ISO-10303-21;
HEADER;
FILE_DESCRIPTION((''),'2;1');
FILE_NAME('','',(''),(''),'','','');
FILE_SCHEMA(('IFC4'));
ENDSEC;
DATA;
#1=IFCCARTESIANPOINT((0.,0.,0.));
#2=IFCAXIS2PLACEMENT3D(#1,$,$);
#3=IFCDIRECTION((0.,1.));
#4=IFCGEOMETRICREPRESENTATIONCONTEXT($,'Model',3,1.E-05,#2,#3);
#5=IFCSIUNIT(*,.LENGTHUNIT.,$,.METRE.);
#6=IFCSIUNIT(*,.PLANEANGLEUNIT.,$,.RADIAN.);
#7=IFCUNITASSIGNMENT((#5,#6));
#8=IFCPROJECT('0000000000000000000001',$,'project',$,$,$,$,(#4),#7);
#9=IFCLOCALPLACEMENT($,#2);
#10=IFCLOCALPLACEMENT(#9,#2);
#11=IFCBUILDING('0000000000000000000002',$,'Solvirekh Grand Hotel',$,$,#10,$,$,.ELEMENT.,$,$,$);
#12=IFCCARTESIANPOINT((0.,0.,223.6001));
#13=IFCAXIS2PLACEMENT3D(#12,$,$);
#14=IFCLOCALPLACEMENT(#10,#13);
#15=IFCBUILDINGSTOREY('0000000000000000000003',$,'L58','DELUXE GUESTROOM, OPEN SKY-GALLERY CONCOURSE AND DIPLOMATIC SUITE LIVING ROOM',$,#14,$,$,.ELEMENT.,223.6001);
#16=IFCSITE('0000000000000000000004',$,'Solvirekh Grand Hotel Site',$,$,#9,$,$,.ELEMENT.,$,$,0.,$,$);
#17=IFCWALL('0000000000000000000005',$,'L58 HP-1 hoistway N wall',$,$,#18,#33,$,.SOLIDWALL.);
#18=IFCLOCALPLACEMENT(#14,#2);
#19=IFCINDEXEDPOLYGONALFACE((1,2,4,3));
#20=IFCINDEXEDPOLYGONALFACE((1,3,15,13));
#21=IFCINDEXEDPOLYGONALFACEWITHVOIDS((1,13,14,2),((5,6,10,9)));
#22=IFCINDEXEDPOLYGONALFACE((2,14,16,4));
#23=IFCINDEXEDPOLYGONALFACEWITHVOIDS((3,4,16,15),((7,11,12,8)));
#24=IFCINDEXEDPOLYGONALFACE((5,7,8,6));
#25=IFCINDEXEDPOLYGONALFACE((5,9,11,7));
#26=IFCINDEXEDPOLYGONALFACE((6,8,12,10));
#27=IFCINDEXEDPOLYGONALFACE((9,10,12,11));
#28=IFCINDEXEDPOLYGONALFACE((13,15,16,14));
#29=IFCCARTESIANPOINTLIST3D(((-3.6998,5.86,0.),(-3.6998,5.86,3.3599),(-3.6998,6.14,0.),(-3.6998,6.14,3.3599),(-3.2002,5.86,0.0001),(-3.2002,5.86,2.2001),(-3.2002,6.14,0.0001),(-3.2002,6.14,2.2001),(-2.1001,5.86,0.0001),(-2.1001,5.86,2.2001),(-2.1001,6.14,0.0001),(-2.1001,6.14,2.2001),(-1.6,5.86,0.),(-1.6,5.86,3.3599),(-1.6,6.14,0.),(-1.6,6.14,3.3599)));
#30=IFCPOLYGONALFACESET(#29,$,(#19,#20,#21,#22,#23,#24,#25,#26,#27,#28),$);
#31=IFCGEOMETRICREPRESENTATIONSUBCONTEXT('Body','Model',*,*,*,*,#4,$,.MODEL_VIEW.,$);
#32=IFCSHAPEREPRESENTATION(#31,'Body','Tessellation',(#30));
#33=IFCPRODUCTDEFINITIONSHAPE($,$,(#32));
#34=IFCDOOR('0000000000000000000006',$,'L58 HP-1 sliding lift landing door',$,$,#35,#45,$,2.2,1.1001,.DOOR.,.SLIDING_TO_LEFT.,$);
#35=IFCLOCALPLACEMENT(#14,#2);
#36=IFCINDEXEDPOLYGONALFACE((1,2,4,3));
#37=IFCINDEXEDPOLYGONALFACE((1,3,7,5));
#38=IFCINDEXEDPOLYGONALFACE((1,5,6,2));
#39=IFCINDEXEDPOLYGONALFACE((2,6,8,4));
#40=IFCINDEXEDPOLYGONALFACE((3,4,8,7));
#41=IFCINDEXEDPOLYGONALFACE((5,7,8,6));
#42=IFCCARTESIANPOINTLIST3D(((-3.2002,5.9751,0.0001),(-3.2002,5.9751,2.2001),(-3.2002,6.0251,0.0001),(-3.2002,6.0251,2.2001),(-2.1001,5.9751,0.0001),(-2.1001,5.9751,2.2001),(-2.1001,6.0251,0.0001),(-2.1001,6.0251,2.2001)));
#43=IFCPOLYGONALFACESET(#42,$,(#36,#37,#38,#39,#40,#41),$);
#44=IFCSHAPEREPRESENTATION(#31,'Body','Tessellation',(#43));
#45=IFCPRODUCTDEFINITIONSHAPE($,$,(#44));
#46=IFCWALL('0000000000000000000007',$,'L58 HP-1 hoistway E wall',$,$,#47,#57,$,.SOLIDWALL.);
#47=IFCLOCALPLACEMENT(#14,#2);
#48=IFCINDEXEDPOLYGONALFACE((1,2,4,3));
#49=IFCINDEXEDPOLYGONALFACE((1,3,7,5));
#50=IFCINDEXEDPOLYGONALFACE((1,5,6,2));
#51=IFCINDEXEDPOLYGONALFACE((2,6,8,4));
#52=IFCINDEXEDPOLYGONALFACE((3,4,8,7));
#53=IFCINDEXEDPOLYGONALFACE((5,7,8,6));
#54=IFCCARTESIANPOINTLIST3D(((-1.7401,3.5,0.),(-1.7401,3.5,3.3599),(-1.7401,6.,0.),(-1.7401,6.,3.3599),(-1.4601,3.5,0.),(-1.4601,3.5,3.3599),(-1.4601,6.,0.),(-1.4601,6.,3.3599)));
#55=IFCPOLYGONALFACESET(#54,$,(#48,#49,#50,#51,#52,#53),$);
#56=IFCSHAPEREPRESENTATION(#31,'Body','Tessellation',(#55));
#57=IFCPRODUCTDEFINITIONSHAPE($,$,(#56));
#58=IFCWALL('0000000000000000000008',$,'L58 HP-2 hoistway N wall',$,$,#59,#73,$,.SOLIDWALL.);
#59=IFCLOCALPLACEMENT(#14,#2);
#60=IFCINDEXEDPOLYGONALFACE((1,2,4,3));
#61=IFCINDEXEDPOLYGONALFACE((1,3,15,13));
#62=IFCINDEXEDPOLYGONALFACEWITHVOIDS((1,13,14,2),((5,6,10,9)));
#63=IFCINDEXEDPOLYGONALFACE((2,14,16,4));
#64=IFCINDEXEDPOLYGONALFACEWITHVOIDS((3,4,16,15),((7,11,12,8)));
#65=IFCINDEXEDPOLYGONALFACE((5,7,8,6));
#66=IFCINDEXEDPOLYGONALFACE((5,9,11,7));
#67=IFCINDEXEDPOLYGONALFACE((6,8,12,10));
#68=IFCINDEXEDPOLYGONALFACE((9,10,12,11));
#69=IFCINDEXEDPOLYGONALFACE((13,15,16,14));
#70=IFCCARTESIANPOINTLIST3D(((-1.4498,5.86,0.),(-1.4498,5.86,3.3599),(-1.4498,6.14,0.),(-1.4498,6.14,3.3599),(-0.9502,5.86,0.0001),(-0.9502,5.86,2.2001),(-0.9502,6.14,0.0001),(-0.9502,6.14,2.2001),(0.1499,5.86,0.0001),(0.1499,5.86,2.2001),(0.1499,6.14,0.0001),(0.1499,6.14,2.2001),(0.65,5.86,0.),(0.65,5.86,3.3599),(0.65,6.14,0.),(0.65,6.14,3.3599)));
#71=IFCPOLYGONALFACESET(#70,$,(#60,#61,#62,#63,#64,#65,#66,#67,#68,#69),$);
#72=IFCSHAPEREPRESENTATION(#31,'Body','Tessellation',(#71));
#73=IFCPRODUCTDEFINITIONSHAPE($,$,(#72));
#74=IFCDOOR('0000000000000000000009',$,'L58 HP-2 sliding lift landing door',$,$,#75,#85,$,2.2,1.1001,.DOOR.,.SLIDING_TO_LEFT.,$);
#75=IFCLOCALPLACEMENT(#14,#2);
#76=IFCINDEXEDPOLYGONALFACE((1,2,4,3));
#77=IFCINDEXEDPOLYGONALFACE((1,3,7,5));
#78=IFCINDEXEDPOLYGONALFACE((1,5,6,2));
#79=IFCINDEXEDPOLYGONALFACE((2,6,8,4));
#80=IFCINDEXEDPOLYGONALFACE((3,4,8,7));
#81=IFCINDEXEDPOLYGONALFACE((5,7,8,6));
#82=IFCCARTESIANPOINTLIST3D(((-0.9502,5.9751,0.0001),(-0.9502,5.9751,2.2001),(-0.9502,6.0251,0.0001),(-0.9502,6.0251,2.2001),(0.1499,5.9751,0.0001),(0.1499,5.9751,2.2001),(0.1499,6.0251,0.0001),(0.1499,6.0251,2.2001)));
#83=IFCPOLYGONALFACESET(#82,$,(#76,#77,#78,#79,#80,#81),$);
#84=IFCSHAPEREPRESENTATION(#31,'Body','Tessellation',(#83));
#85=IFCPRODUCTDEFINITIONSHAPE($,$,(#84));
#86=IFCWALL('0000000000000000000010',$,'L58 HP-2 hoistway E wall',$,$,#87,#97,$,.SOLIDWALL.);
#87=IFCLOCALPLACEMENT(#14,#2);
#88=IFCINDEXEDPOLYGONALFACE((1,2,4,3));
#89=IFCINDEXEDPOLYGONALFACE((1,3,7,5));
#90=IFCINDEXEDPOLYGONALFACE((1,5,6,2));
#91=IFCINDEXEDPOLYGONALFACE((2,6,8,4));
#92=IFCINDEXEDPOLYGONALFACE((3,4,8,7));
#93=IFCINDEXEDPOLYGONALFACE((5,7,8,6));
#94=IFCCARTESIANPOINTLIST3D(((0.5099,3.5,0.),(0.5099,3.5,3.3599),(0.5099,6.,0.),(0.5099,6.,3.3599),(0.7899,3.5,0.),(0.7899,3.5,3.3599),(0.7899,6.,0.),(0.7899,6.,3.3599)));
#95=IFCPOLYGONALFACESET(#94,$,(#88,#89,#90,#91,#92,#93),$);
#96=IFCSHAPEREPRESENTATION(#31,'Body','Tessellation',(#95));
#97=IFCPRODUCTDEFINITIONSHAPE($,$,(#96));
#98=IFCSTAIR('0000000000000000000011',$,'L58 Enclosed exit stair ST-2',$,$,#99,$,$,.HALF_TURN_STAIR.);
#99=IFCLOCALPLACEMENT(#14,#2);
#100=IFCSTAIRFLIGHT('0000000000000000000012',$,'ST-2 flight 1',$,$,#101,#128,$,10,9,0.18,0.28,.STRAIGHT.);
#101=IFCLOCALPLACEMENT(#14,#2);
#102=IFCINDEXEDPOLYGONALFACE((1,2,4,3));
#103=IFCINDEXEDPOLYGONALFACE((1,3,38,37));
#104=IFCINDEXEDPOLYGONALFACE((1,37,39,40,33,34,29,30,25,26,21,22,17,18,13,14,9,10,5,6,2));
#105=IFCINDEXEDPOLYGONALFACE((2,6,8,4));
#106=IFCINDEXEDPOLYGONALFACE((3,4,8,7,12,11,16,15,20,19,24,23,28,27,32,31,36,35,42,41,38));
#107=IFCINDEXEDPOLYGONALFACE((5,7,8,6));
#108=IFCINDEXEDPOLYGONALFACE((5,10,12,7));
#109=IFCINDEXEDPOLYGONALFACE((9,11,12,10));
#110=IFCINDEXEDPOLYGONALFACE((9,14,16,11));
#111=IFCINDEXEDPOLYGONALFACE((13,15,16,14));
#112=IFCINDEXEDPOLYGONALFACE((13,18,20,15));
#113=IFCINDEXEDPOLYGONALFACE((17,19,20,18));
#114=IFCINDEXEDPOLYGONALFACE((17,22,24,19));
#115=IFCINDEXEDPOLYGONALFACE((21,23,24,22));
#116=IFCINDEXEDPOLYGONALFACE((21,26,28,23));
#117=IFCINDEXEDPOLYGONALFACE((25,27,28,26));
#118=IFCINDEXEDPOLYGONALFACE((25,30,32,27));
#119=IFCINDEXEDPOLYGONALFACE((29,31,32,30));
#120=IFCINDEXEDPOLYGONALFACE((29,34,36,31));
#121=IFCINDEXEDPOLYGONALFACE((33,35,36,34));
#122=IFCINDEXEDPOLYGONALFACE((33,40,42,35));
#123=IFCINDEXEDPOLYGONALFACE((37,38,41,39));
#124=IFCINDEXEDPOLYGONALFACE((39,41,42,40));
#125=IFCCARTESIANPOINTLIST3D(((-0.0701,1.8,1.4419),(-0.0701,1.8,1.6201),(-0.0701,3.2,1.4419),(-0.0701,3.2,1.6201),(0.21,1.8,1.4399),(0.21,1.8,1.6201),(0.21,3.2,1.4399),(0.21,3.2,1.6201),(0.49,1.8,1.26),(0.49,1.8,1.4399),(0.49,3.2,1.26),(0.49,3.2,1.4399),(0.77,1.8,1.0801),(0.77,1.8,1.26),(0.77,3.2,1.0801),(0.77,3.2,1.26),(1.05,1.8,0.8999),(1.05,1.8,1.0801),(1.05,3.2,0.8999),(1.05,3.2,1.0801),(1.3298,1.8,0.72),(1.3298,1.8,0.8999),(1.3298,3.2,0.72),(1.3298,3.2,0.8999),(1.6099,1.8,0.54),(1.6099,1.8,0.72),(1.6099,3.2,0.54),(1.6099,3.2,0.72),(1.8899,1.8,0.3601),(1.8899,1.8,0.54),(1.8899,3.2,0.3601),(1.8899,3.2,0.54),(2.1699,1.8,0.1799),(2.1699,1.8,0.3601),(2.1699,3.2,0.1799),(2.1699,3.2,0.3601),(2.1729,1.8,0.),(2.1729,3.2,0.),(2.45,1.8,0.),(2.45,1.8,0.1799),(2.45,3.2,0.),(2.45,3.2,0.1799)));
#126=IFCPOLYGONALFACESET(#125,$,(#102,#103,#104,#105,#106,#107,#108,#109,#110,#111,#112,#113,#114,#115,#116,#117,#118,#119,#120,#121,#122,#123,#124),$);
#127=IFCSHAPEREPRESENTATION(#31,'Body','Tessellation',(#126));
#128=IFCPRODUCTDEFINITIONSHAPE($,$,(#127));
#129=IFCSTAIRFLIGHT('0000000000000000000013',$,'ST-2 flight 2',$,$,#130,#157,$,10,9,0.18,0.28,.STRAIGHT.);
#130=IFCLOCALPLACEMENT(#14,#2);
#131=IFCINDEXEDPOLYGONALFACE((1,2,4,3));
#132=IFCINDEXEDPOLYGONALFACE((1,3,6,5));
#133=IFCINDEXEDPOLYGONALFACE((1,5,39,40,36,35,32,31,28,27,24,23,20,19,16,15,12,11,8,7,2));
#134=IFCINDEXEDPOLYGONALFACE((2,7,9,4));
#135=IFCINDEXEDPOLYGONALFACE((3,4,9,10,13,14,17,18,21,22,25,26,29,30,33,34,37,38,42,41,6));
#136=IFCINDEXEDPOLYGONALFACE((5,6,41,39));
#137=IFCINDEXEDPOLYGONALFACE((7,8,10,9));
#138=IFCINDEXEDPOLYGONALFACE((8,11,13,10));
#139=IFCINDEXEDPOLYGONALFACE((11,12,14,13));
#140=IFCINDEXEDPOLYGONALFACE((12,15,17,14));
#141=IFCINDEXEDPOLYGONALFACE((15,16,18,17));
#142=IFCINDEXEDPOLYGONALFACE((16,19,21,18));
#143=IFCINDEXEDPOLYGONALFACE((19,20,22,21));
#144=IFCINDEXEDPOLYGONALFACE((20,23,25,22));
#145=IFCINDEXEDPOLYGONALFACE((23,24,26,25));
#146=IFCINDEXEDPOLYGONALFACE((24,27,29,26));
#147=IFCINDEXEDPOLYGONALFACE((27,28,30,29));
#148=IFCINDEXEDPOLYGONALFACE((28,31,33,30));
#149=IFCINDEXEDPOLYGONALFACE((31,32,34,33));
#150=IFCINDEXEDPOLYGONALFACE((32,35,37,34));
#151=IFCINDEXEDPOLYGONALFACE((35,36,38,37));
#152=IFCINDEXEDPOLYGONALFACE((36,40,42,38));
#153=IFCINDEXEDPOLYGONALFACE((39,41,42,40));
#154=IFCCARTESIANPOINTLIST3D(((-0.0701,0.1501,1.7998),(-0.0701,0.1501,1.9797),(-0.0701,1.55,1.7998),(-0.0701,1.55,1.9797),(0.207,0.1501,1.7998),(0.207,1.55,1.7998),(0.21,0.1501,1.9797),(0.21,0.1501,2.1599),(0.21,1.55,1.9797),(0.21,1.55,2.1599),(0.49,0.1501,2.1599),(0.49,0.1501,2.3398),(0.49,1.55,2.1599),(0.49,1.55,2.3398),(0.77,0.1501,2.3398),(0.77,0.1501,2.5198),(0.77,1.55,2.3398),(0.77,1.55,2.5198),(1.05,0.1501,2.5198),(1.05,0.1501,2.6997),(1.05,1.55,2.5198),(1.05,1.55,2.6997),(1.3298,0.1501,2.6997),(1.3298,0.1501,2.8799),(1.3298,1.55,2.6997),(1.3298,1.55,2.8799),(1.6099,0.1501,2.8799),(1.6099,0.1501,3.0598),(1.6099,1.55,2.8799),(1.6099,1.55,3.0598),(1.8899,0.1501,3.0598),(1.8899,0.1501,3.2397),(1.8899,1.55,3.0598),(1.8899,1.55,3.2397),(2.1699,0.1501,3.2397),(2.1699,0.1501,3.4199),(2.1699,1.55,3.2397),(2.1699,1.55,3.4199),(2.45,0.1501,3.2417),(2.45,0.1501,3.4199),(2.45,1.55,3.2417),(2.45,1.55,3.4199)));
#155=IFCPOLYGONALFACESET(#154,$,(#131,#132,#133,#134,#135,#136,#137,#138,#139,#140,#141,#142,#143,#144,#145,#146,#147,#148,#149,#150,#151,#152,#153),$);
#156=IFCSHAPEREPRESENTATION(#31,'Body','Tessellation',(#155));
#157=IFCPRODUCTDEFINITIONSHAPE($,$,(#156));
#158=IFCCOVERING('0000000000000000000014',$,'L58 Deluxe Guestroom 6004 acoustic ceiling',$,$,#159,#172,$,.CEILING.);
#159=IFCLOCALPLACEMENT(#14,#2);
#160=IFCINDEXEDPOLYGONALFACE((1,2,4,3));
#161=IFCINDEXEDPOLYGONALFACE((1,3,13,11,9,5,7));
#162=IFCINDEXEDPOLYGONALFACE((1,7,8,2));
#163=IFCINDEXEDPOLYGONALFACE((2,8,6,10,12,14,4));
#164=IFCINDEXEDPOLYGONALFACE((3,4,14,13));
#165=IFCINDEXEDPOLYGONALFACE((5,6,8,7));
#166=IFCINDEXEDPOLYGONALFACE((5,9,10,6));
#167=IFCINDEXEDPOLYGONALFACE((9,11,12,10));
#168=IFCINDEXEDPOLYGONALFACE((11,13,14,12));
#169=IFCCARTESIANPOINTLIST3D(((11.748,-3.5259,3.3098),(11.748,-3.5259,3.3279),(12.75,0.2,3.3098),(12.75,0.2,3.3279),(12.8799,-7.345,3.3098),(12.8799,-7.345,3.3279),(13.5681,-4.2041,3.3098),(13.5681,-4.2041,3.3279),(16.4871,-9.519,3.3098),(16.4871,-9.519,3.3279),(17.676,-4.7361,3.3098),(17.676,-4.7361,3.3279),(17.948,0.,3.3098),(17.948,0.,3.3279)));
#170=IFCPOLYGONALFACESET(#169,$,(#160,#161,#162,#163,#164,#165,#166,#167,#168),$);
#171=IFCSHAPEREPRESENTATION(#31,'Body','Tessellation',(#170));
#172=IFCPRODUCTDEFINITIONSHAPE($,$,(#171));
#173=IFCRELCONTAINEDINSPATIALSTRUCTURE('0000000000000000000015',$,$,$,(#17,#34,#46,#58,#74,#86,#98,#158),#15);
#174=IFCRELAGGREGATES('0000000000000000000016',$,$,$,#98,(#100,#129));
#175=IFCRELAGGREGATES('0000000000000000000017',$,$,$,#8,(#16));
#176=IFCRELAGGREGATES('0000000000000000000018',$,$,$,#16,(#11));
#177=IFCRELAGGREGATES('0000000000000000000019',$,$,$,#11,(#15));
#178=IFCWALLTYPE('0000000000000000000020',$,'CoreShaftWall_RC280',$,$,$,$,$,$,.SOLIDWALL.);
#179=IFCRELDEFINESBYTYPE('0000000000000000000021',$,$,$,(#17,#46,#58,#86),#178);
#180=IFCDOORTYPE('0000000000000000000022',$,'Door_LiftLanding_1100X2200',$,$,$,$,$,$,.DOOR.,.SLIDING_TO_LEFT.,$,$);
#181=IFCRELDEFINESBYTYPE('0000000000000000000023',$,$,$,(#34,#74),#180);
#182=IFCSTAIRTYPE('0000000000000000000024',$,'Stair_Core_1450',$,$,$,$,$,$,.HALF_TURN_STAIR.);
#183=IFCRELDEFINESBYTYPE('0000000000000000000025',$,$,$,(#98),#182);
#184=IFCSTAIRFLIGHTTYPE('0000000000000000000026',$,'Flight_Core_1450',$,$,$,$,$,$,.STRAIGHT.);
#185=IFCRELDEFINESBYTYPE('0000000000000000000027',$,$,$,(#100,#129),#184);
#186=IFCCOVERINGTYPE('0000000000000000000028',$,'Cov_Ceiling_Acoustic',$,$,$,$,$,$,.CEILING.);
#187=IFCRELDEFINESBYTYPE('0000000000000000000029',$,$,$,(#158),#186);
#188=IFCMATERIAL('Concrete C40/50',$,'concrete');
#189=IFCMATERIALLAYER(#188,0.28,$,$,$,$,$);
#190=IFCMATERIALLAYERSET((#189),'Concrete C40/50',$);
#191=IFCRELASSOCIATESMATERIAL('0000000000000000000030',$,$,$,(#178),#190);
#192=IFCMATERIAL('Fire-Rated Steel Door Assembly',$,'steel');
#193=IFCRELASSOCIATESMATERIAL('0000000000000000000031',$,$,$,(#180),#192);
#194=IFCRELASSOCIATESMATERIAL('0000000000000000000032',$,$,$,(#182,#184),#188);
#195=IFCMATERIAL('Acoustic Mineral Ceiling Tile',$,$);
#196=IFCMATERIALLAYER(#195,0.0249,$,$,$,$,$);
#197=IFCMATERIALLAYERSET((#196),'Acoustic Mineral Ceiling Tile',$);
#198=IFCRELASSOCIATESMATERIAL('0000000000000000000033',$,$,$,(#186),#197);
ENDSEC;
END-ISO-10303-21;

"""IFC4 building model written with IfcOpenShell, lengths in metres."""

from ifc_helpers import new_model, si_unit, direction, frame, frame_2d, origin, place, context, subcontext, project, spatial, polyline, rectangle, outline, extrude, material, layer, layer_set, type_object, element, fill, aggregate, save


model = new_model("IFC4")

# Units and contexts
model_context = context("Model", 3, precision=1e-05, world=origin(), true_north=direction((0.0, 1.0)))
body_context = subcontext(model_context, "Body", "Model", "MODEL_VIEW")
ifc_project = project(units=[si_unit("LENGTHUNIT", "METRE"), si_unit("PLANEANGLEUNIT", "RADIAN")], contexts=[model_context])

# Site, building, storey
site_placement = place(None, origin())
site = spatial("IfcSite", under=ifc_project, at=site_placement, Name="Solvirekh Grand Hotel Site", CompositionType="ELEMENT", RefElevation=0.0)
building_placement = place(site_placement, origin())
building = spatial("IfcBuilding", under=site, at=building_placement, Name="Solvirekh Grand Hotel", CompositionType="ELEMENT")
storey_placement = place(building_placement, frame((0.0, 0.0, 223.6001)))
storey = spatial("IfcBuildingStorey", under=building, at=storey_placement, Name="L58", Description="DELUXE GUESTROOM, OPEN SKY-GALLERY CONCOURSE AND DIPLOMATIC SUITE LIVING ROOM", CompositionType="ELEMENT", Elevation=223.6001)

# Wall, opening, door
ifc_material_1 = material(Name="Concrete C40/50", Category="concrete")
ifc_layer_1 = layer(ifc_material_1, 0.28)
ifc_layer_set_1 = layer_set([ifc_layer_1], Name="Concrete C40/50")
wall_type = type_object("IfcWallType", Name="CoreShaftWall_RC280", PredefinedType="SOLIDWALL", material=ifc_layer_set_1)
wall_1_placement = place(storey_placement, frame((-1.6001, 6.0, 0.0), z_axis=(0.0, 0.0, 1.0), x_axis=(-1.0, 0.0, 0.0)))
wall_1 = element("IfcWall", 1, at=wall_1_placement, inside=storey, type_object=wall_type, Name="L58 HP-1 hoistway N wall", PredefinedType="SOLIDWALL", context=body_context, shape_type="SweptSolid", body=[
    extrude(rectangle(XDim=2.0999, YDim=0.28, at=frame_2d((1.0498, 0.0))), origin(), (0.0, 0.0, 1.0), 3.3599),
])
opening_1_placement = place(wall_1_placement, frame((0.5, 0.0, 0.0)))
opening_1 = element("IfcOpeningElement", 2, at=opening_1_placement, cuts=wall_1, PredefinedType="OPENING", context=body_context, shape_type="SweptSolid", body=[
    extrude(rectangle(XDim=1.1001, YDim=2.2, at=frame_2d((0.55, 1.1001))), frame((0.0, 0.1499, 0.0), z_axis=(0.0, -1.0, 0.0), x_axis=(1.0, 0.0, 0.0)), (0.0, 0.0, 1.0), 0.3),
])
ifc_material_2 = material(Name="Fire-Rated Steel Door Assembly", Category="steel")
door_type = type_object("IfcDoorType", Name="Door_LiftLanding_1100X2200", OperationType="SLIDING_TO_LEFT", PredefinedType="DOOR", material=ifc_material_2)
door_1_placement = place(opening_1_placement, origin())
door_1 = element("IfcDoor", 3, at=door_1_placement, inside=storey, type_object=door_type, Name="L58 HP-1 sliding lift landing door", OperationType="SLIDING_TO_LEFT", OverallHeight=2.2, OverallWidth=1.1001, PredefinedType="DOOR", context=body_context, shape_type="SweptSolid", body=[
    extrude(rectangle(XDim=1.1001, YDim=2.2, at=frame_2d((0.55, 1.1001))), frame((0.0, 0.0249, 0.0), z_axis=(0.0, -1.0, 0.0), x_axis=(1.0, 0.0, 0.0)), (0.0, 0.0, 1.0), 0.05),
])
fill(opening_1, door_1)

# Wall
wall_2_placement = place(storey_placement, frame((-1.6001, 3.5, 0.0), z_axis=(0.0, 0.0, 1.0), x_axis=(0.0, 1.0, 0.0)))
element("IfcWall", 4, at=wall_2_placement, inside=storey, type_object=wall_type, Name="L58 HP-1 hoistway E wall", PredefinedType="SOLIDWALL", context=body_context, shape_type="SweptSolid", body=[
    extrude(rectangle(XDim=2.5, YDim=0.28, at=frame_2d((1.25, 0.0))), origin(), (0.0, 0.0, 1.0), 3.3599),
])

# Wall, opening, door
wall_3_placement = place(storey_placement, frame((0.6499, 6.0, 0.0), z_axis=(0.0, 0.0, 1.0), x_axis=(-1.0, 0.0, 0.0)))
wall_3 = element("IfcWall", 5, at=wall_3_placement, inside=storey, type_object=wall_type, Name="L58 HP-2 hoistway N wall", PredefinedType="SOLIDWALL", context=body_context, shape_type="SweptSolid", body=[
    extrude(rectangle(XDim=2.0999, YDim=0.28, at=frame_2d((1.0498, 0.0))), origin(), (0.0, 0.0, 1.0), 3.3599),
])
opening_2_placement = place(wall_3_placement, frame((0.5, 0.0, 0.0)))
opening_2 = element("IfcOpeningElement", 6, at=opening_2_placement, cuts=wall_3, PredefinedType="OPENING", context=body_context, shape_type="SweptSolid", body=[
    extrude(rectangle(XDim=1.1001, YDim=2.2, at=frame_2d((0.55, 1.1001))), frame((0.0, 0.1499, 0.0), z_axis=(0.0, -1.0, 0.0), x_axis=(1.0, 0.0, 0.0)), (0.0, 0.0, 1.0), 0.3),
])
door_2_placement = place(opening_2_placement, origin())
door_2 = element("IfcDoor", 7, at=door_2_placement, inside=storey, type_object=door_type, Name="L58 HP-2 sliding lift landing door", OperationType="SLIDING_TO_LEFT", OverallHeight=2.2, OverallWidth=1.1001, PredefinedType="DOOR", context=body_context, shape_type="SweptSolid", body=[
    extrude(rectangle(XDim=1.1001, YDim=2.2, at=frame_2d((0.55, 1.1001))), frame((0.0, 0.0249, 0.0), z_axis=(0.0, -1.0, 0.0), x_axis=(1.0, 0.0, 0.0)), (0.0, 0.0, 1.0), 0.05),
])
fill(opening_2, door_2)

# Wall
wall_4_placement = place(storey_placement, frame((0.6499, 3.5, 0.0), z_axis=(0.0, 0.0, 1.0), x_axis=(0.0, 1.0, 0.0)))
element("IfcWall", 8, at=wall_4_placement, inside=storey, type_object=wall_type, Name="L58 HP-2 hoistway E wall", PredefinedType="SOLIDWALL", context=body_context, shape_type="SweptSolid", body=[
    extrude(rectangle(XDim=2.5, YDim=0.28, at=frame_2d((1.25, 0.0))), origin(), (0.0, 0.0, 1.0), 3.3599),
])

# Stair, stair flights
stair_type = type_object("IfcStairType", Name="Stair_Core_1450", PredefinedType="HALF_TURN_STAIR", material=ifc_material_1)
stair_placement = place(storey_placement, origin())
stair = element("IfcStair", 9, at=stair_placement, inside=storey, type_object=stair_type, Name="L58 Enclosed exit stair ST-2", PredefinedType="HALF_TURN_STAIR")
stair_flight_type = type_object("IfcStairFlightType", Name="Flight_Core_1450", PredefinedType="STRAIGHT", material=ifc_material_1)
stair_flight_1_placement = place(storey_placement, frame((2.45, 2.5, 0.0), z_axis=(0.0, 0.0, 1.0), x_axis=(-1.0, 0.0, 0.0)))
stair_flight_1 = element("IfcStairFlight", 10, at=stair_flight_1_placement, type_object=stair_flight_type, Name="ST-2 flight 1", NumberOfRisers=10, NumberOfTreads=9, PredefinedType="STRAIGHT", RiserHeight=0.18, TreadLength=0.28, context=body_context, shape_type="SweptSolid", body=[
    extrude(outline(polyline([(0.0, 0.0), (0.0, 0.1799), (0.28, 0.1799), (0.28, 0.3601), (0.5601, 0.3601), (0.5601, 0.54), (0.8401, 0.54), (0.8401, 0.72), (1.1201, 0.72), (1.1201, 0.8999), (1.3999, 0.8999), (1.3999, 1.0801), (1.6799, 1.0801), (1.6799, 1.26), (1.96, 1.26), (1.96, 1.4399), (2.24, 1.4399), (2.24, 1.6201), (2.52, 1.6201), (2.52, 1.8), (2.52, 1.4419), (0.2771, 0.0), (0.0, 0.0)])), frame((0.0, 0.7, 0.0), z_axis=(0.0, -1.0, 0.0), x_axis=(1.0, 0.0, 0.0)), (0.0, 0.0, 1.0), 1.3999),
])
stair_flight_2_placement = place(storey_placement, frame((-0.0701, 0.8501, 1.7998), z_axis=(0.0, 0.0, 1.0), x_axis=(1.0, 0.0, 0.0)))
stair_flight_2 = element("IfcStairFlight", 11, at=stair_flight_2_placement, type_object=stair_flight_type, Name="ST-2 flight 2", NumberOfRisers=10, NumberOfTreads=9, PredefinedType="STRAIGHT", RiserHeight=0.18, TreadLength=0.28, context=body_context, shape_type="SweptSolid", body=[
    extrude(outline(polyline([(0.0, 0.0), (0.0, 0.1799), (0.28, 0.1799), (0.28, 0.3601), (0.5601, 0.3601), (0.5601, 0.54), (0.8401, 0.54), (0.8401, 0.72), (1.1201, 0.72), (1.1201, 0.8999), (1.3999, 0.8999), (1.3999, 1.0801), (1.6799, 1.0801), (1.6799, 1.26), (1.96, 1.26), (1.96, 1.4399), (2.24, 1.4399), (2.24, 1.6201), (2.52, 1.6201), (2.52, 1.8), (2.52, 1.4419), (0.2771, 0.0), (0.0, 0.0)])), frame((0.0, 0.7, 0.0), z_axis=(0.0, -1.0, 0.0), x_axis=(1.0, 0.0, 0.0)), (0.0, 0.0, 1.0), 1.3999),
])
aggregate(stair, [stair_flight_1, stair_flight_2])

# Covering
ifc_material_3 = material(Name="Acoustic Mineral Ceiling Tile")
ifc_layer_2 = layer(ifc_material_3, 0.0249)
ifc_layer_set_2 = layer_set([ifc_layer_2], Name="Acoustic Mineral Ceiling Tile")
covering_type_1 = type_object("IfcCoveringType", Name="Cov_Ceiling_Acoustic", PredefinedType="CEILING", material=ifc_layer_set_2)
covering_1_placement = place(storey_placement, frame((0.0, 0.0, 3.3098)))
element("IfcCovering", 12, at=covering_1_placement, inside=storey, type_object=covering_type_1, Name="L58 Deluxe Guestroom 6004 acoustic ceiling", PredefinedType="CEILING", context=body_context, shape_type="SweptSolid", body=[
    extrude(outline(polyline([(13.5681, -4.2041), (12.8799, -7.345), (16.4871, -9.519), (17.676, -4.7361), (17.948, 0.0), (12.75, 0.2), (11.748, -3.5259), (13.5681, -4.2041)])), origin(), (0.0, 0.0, 1.0), 0.0181),
])

save(model, "model.ifc")
